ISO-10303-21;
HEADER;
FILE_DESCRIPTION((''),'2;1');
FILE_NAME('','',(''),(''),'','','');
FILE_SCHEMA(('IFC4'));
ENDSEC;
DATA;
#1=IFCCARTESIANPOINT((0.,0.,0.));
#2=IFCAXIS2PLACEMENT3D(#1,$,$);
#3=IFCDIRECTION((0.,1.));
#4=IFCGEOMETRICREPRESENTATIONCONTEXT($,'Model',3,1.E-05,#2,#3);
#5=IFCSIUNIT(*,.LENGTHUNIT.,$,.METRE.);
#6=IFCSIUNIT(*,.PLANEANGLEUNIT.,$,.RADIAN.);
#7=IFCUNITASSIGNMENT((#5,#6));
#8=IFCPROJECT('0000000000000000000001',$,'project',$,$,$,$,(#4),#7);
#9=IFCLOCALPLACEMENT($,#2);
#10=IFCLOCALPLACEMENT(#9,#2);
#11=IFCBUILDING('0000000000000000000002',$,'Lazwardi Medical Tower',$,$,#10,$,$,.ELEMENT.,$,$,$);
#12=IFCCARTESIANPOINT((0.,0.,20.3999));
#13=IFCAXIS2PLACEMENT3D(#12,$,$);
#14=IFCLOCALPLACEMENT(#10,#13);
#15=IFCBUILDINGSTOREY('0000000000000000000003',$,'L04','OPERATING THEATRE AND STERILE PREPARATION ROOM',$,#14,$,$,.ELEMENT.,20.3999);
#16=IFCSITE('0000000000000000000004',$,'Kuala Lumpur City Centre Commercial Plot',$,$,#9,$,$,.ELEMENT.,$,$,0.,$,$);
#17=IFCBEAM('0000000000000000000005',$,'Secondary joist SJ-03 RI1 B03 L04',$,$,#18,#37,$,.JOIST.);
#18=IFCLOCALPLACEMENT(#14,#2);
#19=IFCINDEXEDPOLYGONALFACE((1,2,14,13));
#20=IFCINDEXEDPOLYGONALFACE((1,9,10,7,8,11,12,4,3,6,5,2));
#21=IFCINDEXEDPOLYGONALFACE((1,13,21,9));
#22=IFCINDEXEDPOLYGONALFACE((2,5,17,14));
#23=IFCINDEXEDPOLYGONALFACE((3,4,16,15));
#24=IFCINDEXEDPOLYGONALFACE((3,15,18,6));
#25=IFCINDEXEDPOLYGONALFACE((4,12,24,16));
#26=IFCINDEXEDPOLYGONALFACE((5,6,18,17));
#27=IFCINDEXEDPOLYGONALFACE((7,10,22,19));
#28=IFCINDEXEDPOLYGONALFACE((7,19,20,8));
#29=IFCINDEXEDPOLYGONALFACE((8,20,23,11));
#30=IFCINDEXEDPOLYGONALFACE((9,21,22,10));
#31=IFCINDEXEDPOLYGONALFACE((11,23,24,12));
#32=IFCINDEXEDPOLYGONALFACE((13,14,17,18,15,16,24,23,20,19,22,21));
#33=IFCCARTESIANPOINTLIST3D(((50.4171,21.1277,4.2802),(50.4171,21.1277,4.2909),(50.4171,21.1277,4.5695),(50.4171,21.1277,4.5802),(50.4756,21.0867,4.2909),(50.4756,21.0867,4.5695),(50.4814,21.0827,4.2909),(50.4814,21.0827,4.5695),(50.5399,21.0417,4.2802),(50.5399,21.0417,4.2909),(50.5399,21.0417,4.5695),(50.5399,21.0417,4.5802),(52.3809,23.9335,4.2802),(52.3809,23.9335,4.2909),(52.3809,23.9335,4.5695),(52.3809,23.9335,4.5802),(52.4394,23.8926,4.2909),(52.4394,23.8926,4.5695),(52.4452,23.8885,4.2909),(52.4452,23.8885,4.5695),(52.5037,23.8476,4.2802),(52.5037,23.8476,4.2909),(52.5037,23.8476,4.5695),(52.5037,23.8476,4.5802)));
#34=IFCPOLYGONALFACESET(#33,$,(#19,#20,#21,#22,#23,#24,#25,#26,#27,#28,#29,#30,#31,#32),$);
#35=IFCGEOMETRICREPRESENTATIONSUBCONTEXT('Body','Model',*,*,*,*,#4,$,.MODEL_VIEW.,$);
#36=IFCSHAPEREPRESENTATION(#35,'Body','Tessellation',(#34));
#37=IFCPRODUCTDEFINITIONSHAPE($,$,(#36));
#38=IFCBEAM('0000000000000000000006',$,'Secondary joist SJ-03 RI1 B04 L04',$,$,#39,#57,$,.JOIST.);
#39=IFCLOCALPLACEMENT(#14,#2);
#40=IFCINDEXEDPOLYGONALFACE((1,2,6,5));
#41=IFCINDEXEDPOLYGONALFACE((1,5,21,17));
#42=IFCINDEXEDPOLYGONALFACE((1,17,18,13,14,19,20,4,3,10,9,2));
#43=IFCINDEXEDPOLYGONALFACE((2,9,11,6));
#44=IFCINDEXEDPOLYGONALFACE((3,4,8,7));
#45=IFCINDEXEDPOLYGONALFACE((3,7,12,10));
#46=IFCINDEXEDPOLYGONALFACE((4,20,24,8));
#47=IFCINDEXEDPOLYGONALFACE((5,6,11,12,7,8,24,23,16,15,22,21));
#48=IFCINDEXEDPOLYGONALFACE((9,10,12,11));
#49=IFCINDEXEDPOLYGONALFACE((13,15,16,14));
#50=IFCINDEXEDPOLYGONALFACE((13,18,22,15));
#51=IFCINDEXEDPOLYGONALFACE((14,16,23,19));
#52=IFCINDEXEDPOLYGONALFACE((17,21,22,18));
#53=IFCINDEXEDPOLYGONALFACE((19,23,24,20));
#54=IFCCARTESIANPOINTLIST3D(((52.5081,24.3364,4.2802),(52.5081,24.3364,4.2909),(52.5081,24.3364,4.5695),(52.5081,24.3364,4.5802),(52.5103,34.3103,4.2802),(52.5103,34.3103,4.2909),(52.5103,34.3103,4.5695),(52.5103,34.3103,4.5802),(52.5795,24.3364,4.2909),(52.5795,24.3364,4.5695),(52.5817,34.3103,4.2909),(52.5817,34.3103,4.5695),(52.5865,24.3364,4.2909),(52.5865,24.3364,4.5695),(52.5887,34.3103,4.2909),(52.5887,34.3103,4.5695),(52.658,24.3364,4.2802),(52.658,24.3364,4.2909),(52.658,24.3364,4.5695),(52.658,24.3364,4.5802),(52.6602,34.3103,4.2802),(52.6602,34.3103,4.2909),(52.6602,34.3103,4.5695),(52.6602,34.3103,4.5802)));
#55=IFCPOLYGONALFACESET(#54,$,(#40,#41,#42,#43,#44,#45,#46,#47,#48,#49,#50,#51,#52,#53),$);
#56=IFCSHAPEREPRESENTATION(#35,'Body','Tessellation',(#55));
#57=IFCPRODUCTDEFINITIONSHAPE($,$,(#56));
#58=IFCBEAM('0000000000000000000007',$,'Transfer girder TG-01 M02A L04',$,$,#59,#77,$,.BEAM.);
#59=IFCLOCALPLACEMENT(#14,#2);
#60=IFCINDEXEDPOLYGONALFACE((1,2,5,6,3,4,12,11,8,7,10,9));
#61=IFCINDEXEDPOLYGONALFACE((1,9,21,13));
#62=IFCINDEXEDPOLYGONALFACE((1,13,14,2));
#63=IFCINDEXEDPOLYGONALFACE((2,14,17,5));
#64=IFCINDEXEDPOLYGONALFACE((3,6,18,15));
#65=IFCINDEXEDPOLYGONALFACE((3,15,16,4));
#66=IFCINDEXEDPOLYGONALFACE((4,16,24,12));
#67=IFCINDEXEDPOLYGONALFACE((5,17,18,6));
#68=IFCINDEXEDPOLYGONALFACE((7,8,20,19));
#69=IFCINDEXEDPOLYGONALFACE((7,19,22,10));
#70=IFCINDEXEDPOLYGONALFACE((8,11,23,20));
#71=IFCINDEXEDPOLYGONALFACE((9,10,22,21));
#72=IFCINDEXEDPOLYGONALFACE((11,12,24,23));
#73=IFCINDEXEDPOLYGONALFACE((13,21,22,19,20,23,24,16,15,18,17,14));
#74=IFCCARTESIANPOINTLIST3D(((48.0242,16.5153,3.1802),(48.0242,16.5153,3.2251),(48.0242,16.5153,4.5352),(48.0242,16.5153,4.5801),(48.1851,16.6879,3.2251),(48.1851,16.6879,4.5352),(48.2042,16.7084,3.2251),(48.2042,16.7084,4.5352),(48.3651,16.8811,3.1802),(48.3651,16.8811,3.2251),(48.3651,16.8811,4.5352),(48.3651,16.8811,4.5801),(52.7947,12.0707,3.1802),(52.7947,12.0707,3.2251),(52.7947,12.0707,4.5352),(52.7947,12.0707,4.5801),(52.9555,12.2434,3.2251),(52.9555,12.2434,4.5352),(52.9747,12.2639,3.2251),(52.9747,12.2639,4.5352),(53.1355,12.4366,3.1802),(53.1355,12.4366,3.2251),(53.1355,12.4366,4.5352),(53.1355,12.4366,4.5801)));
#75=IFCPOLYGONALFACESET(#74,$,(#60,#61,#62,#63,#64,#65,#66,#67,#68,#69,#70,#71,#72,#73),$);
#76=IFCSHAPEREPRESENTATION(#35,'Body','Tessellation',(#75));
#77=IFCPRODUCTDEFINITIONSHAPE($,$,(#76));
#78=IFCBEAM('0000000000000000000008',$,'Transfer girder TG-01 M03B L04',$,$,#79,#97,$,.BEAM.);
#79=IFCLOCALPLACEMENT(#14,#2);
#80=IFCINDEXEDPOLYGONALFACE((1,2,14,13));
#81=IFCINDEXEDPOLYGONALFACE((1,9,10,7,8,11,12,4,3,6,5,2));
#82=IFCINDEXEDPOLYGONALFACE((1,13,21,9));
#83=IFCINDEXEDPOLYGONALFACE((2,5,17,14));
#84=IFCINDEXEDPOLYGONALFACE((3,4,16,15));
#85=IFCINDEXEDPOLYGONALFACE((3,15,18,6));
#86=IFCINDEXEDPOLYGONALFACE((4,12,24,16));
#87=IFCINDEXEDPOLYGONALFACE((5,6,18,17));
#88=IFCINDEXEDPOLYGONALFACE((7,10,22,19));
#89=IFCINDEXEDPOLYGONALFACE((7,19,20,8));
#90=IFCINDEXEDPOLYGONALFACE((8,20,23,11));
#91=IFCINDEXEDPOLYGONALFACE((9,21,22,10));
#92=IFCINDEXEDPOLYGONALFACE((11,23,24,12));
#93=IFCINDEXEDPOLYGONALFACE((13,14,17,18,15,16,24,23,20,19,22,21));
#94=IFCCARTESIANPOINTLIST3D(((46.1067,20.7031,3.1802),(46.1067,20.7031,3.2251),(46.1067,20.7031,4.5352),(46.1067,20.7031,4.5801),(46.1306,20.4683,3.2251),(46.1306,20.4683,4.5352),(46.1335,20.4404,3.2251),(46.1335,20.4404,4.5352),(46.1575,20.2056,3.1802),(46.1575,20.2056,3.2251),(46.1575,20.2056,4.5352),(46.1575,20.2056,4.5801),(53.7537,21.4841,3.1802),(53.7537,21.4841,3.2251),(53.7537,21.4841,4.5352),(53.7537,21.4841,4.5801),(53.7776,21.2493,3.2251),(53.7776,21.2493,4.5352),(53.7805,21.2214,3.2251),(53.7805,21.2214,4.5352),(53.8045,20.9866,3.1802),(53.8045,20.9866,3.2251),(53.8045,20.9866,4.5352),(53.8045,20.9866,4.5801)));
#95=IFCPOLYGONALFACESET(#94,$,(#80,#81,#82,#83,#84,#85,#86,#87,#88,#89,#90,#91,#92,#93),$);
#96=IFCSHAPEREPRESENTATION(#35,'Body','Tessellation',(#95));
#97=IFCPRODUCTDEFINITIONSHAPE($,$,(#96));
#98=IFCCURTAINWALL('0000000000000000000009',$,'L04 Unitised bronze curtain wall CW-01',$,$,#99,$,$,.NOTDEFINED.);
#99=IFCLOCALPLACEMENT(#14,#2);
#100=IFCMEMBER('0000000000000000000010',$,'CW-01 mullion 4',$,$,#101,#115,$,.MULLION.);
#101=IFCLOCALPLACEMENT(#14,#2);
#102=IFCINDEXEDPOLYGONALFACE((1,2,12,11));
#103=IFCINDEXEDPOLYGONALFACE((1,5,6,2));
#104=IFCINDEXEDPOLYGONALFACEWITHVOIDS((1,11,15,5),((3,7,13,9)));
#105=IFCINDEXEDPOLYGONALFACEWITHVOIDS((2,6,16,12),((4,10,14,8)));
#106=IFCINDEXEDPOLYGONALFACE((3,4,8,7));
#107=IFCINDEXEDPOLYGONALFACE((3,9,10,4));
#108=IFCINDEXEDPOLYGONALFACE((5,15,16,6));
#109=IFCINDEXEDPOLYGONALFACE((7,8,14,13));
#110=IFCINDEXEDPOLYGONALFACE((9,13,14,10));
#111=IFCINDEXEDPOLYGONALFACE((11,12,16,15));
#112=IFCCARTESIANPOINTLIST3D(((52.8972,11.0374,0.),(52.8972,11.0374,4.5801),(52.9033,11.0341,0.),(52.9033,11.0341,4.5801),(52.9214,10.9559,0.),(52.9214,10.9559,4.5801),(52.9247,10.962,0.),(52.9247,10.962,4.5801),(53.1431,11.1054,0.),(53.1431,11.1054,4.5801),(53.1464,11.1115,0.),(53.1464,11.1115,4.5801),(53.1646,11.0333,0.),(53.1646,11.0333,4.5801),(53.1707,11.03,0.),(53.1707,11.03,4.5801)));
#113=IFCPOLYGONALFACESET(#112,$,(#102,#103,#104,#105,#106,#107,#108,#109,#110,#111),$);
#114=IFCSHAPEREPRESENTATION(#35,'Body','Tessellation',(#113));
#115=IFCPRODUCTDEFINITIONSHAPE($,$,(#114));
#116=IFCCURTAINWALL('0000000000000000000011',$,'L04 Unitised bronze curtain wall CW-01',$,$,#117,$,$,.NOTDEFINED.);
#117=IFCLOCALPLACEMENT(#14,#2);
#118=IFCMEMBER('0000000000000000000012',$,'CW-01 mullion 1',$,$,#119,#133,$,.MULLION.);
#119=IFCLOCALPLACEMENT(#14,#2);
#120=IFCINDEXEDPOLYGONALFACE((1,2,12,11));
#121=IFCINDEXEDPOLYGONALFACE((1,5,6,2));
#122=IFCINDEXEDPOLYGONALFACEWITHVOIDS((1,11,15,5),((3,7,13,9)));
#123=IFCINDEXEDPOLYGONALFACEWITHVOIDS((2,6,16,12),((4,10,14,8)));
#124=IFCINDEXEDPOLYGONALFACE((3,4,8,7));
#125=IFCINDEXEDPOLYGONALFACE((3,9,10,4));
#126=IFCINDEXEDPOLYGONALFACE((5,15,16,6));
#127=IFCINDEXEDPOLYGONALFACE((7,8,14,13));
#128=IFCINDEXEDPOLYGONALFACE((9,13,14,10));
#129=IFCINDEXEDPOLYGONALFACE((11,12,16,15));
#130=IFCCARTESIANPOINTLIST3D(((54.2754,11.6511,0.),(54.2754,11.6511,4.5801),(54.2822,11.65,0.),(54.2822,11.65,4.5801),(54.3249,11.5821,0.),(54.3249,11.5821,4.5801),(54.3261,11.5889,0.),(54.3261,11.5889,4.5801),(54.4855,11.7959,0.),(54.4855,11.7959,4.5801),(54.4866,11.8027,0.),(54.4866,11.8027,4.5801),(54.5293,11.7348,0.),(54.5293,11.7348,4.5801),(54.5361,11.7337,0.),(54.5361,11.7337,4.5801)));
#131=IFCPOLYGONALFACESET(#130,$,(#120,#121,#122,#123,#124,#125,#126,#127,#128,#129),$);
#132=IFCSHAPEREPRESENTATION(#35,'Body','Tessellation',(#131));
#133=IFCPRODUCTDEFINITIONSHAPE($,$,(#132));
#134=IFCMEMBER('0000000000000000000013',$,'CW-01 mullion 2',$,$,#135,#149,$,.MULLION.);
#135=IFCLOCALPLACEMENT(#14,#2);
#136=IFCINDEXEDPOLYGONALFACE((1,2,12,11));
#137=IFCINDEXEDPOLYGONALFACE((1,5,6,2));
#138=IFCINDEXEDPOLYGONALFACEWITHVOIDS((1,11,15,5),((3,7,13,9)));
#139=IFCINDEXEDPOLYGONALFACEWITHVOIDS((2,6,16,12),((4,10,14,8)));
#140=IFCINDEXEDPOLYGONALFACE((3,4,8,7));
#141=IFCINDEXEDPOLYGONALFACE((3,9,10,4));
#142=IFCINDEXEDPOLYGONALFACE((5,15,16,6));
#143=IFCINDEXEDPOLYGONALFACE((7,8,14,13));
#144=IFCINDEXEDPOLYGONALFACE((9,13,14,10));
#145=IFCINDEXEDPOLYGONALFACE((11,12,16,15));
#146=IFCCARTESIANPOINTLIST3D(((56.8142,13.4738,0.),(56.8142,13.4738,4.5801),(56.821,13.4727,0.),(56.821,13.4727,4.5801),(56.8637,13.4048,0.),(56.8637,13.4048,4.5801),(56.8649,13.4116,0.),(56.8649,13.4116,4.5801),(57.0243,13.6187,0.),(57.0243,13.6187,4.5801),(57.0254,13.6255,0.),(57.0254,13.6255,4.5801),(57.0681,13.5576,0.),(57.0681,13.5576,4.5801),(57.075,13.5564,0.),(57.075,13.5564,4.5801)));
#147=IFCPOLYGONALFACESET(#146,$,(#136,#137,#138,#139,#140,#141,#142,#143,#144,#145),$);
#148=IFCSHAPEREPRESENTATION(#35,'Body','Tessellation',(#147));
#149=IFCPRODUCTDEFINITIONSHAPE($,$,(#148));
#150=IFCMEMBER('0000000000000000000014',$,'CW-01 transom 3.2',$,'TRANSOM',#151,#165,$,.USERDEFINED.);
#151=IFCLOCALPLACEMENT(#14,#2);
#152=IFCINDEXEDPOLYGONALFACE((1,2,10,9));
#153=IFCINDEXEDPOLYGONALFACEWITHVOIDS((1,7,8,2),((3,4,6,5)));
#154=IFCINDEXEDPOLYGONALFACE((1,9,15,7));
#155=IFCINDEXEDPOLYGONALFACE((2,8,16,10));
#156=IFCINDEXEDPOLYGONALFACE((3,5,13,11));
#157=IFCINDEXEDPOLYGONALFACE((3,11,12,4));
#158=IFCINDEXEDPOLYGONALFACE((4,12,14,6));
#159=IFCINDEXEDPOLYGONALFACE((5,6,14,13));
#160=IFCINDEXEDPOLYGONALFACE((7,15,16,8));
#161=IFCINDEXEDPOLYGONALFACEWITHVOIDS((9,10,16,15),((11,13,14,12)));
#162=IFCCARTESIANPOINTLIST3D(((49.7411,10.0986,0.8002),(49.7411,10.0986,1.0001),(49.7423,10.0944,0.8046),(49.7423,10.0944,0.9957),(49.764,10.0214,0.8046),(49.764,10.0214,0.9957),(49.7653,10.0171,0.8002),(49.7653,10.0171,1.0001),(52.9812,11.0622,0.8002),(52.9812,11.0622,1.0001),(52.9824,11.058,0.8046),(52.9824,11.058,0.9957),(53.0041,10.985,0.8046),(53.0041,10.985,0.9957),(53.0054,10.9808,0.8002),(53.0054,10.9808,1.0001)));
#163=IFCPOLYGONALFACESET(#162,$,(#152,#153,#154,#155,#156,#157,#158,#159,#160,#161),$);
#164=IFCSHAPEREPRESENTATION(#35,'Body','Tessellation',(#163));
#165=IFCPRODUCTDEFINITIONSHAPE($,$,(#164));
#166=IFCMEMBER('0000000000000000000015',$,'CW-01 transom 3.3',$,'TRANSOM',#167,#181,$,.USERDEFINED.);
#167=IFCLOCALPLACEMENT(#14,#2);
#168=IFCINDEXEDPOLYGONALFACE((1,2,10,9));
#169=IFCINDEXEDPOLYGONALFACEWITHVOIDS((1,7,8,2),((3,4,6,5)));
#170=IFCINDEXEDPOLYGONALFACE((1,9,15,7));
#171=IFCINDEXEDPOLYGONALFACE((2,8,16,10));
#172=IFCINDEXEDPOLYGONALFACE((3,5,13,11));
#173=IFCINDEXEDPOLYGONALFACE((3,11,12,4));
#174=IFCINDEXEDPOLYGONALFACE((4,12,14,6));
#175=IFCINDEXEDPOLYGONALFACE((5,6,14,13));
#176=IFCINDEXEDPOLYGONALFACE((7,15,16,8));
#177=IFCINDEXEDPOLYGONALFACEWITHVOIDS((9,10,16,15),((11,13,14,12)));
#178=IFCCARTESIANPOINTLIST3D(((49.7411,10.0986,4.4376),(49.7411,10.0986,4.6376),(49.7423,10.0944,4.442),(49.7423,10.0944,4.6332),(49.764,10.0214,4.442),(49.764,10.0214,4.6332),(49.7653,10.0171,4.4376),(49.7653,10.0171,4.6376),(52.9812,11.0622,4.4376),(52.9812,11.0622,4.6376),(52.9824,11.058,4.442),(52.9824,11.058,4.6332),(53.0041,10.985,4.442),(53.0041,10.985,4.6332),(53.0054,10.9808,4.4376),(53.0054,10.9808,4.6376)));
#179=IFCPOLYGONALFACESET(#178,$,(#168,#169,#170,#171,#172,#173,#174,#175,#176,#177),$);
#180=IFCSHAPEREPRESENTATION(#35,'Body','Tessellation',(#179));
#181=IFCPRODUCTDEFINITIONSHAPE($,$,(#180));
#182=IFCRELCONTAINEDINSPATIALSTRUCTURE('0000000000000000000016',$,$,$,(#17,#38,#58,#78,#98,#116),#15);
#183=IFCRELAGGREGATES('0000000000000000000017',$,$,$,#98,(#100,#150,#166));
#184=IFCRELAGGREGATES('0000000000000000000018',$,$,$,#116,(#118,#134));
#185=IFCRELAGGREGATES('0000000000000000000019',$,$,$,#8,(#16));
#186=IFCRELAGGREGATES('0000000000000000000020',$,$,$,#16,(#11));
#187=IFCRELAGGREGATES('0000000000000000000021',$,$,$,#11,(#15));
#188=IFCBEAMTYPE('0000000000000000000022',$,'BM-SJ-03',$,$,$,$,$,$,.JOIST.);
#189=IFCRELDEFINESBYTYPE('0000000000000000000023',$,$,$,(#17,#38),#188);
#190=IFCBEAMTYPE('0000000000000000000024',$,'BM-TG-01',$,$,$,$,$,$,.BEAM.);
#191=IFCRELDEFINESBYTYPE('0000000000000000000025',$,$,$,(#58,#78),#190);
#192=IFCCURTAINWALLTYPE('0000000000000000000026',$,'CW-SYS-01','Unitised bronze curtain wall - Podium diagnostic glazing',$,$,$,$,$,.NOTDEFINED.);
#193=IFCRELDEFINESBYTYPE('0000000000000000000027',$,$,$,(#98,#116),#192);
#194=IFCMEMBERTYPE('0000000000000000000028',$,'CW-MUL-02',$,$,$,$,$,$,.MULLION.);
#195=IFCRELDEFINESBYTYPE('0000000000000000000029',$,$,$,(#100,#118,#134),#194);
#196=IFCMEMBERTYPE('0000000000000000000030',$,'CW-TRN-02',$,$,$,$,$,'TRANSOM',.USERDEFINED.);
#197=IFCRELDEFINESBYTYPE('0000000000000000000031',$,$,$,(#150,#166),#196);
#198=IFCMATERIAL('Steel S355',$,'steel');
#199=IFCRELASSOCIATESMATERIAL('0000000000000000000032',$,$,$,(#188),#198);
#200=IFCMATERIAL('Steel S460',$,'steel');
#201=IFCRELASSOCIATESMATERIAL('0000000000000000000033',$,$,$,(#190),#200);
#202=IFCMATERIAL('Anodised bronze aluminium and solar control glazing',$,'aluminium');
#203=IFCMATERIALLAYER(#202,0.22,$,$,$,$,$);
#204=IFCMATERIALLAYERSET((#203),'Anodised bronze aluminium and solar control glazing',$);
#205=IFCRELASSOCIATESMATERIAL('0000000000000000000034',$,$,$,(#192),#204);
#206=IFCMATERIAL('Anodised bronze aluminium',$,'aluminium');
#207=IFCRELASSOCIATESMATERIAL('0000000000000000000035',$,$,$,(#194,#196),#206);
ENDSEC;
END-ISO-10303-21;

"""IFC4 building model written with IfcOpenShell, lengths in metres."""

from ifc_helpers import new_model, si_unit, direction, frame, origin, origin_2d, place, context, subcontext, project, spatial, hollow_rectangle, i_section, extrude, material, layer, layer_set, material_profile, profile_set, type_object, element, aggregate, save


model = new_model("IFC4")

# Units and contexts
model_context = context("Model", 3, precision=1e-05, world=origin(), true_north=direction((0.0, 1.0)))
body_context = subcontext(model_context, "Body", "Model", "MODEL_VIEW")
ifc_project = project(units=[si_unit("LENGTHUNIT", "METRE"), si_unit("PLANEANGLEUNIT", "RADIAN")], contexts=[model_context])

# Site, building, storey
site_placement = place(None, origin())
site = spatial("IfcSite", under=ifc_project, at=site_placement, Name="Kuala Lumpur City Centre Commercial Plot", CompositionType="ELEMENT", RefElevation=0.0)
building_placement = place(site_placement, origin())
building = spatial("IfcBuilding", under=site, at=building_placement, Name="Lazwardi Medical Tower", CompositionType="ELEMENT")
storey_placement = place(building_placement, frame((0.0, 0.0, 20.3999)))
storey = spatial("IfcBuildingStorey", under=building, at=storey_placement, Name="L04", Description="OPERATING THEATRE AND STERILE PREPARATION ROOM", CompositionType="ELEMENT", Elevation=20.3999)

# Beams
ifc_material_1 = material(Name="Steel S460", Category="steel")
ifc_material_2 = material(Name="Steel S355", Category="steel")
ifc_material_profile_1 = material_profile(ifc_material_2, i_section(OverallWidth=0.1499, OverallDepth=0.3, WebThickness=0.0071, FlangeThickness=0.0107, at=origin_2d()), Name="IPE 300")
ifc_profile_set_1 = profile_set([ifc_material_profile_1], Name="Steel S355")
beam_type_1 = type_object("IfcBeamType", Name="BM-SJ-03", PredefinedType="JOIST", material=ifc_profile_set_1)
beam_1_placement = place(storey_placement, frame((50.4785, 21.0847, 4.4302), z_axis=(0.57341, 0.819269, 0.0), x_axis=(-0.819269, 0.57341, 0.0)))
element("IfcBeam", 1, at=beam_1_placement, inside=storey, type_object=beam_type_1, Name="Secondary joist SJ-03 RI1 B03 L04", PredefinedType="JOIST", context=body_context, shape_type="SweptSolid", body=[
    extrude(i_section(OverallWidth=0.1499, OverallDepth=0.3, WebThickness=0.0071, FlangeThickness=0.0107, at=origin_2d()), origin(), (0.0, 0.0, 1.0), 3.4248),
])
beam_2_placement = place(storey_placement, frame((52.583, 24.3364, 4.4302), z_axis=(0.00022, 1.0, 0.0), x_axis=(-1.0, 0.00022, 0.0)))
element("IfcBeam", 2, at=beam_2_placement, inside=storey, type_object=beam_type_1, Name="Secondary joist SJ-03 RI1 B04 L04", PredefinedType="JOIST", context=body_context, shape_type="SweptSolid", body=[
    extrude(i_section(OverallWidth=0.1499, OverallDepth=0.3, WebThickness=0.0071, FlangeThickness=0.0107, at=origin_2d()), origin(), (0.0, 0.0, 1.0), 9.9739),
])
ifc_material_profile_2 = material_profile(ifc_material_1, i_section(OverallWidth=0.5, OverallDepth=1.3999, WebThickness=0.0281, FlangeThickness=0.0449, at=origin_2d()), Name="PG 1400x500")
ifc_profile_set_2 = profile_set([ifc_material_profile_2], Name="Steel S460")
beam_type_2 = type_object("IfcBeamType", Name="BM-TG-01", PredefinedType="BEAM", material=ifc_profile_set_2)
beam_3_placement = place(storey_placement, frame((52.9651, 12.2537, 3.8801), z_axis=(-0.731659, 0.681671, 0.0), x_axis=(-0.681671, -0.731659, 0.0)))
element("IfcBeam", 3, at=beam_3_placement, inside=storey, type_object=beam_type_2, Name="Transfer girder TG-01 M02A L04", PredefinedType="BEAM", context=body_context, shape_type="SweptSolid", body=[
    extrude(i_section(OverallWidth=0.5, OverallDepth=1.3999, WebThickness=0.0281, FlangeThickness=0.0449, at=origin_2d()), origin(), (0.0, 0.0, 1.0), 6.52),
])
beam_4_placement = place(storey_placement, frame((53.7791, 21.2354, 3.8801), z_axis=(-0.994825, -0.101604, 0.0), x_axis=(0.101604, -0.994825, 0.0)))
element("IfcBeam", 4, at=beam_4_placement, inside=storey, type_object=beam_type_2, Name="Transfer girder TG-01 M03B L04", PredefinedType="BEAM", context=body_context, shape_type="SweptSolid", body=[
    extrude(i_section(OverallWidth=0.5, OverallDepth=1.3999, WebThickness=0.0281, FlangeThickness=0.0449, at=origin_2d()), origin(), (0.0, 0.0, 1.0), 7.6868),
])

# Curtain wall, member
ifc_material_3 = material(Name="Anodised bronze aluminium and solar control glazing", Category="aluminium")
ifc_layer_1 = layer(ifc_material_3, 0.22)
ifc_layer_set_1 = layer_set([ifc_layer_1], Name="Anodised bronze aluminium and solar control glazing")
curtain_wall_type = type_object("IfcCurtainWallType", Name="CW-SYS-01", Description="Unitised bronze curtain wall - Podium diagnostic glazing", PredefinedType="NOTDEFINED", material=ifc_layer_set_1)
curtain_wall_1_placement = place(storey_placement, origin())
curtain_wall_1 = element("IfcCurtainWall", 5, at=curtain_wall_1_placement, inside=storey, type_object=curtain_wall_type, Name="L04 Unitised bronze curtain wall CW-01", PredefinedType="NOTDEFINED")
ifc_material_4 = material(Name="Anodised bronze aluminium", Category="aluminium")
ifc_material_profile_3 = material_profile(ifc_material_4, hollow_rectangle(XDim=0.085, YDim=0.26, WallThickness=0.0049, at=origin_2d()), Name="ALU-MULLION 260x85x5")
ifc_profile_set_3 = profile_set([ifc_material_profile_3], Name="Anodised bronze aluminium")
member_type_1 = type_object("IfcMemberType", Name="CW-MUL-02", PredefinedType="MULLION", material=ifc_profile_set_3)
member_1_placement = place(storey_placement, frame((53.0339, 11.0337, 0.0), z_axis=(0.0, 0.0, 1.0), x_axis=(-0.285047, 0.958513, 0.0)))
member_1 = element("IfcMember", 6, at=member_1_placement, type_object=member_type_1, Name="CW-01 mullion 4", PredefinedType="MULLION", context=body_context, shape_type="SweptSolid", body=[
    extrude(hollow_rectangle(XDim=0.085, YDim=0.26, WallThickness=0.0049, at=origin_2d()), origin(), (0.0, 0.0, 1.0), 4.5801),
])

# Curtain wall, members
curtain_wall_2_placement = place(storey_placement, origin())
curtain_wall_2 = element("IfcCurtainWall", 7, at=curtain_wall_2_placement, inside=storey, type_object=curtain_wall_type, Name="L04 Unitised bronze curtain wall CW-01", PredefinedType="NOTDEFINED")
member_2_placement = place(storey_placement, frame((54.4058, 11.6924, 0.0), z_axis=(0.0, 0.0, 1.0), x_axis=(-0.583214, 0.812318, 0.0)))
member_2 = element("IfcMember", 8, at=member_2_placement, type_object=member_type_1, Name="CW-01 mullion 1", PredefinedType="MULLION", context=body_context, shape_type="SweptSolid", body=[
    extrude(hollow_rectangle(XDim=0.085, YDim=0.26, WallThickness=0.0049, at=origin_2d()), origin(), (0.0, 0.0, 1.0), 4.5801),
])
member_3_placement = place(storey_placement, frame((56.9446, 13.5151, 0.0), z_axis=(0.0, 0.0, 1.0), x_axis=(-0.583214, 0.812318, 0.0)))
member_3 = element("IfcMember", 9, at=member_3_placement, type_object=member_type_1, Name="CW-01 mullion 2", PredefinedType="MULLION", context=body_context, shape_type="SweptSolid", body=[
    extrude(hollow_rectangle(XDim=0.085, YDim=0.26, WallThickness=0.0049, at=origin_2d()), origin(), (0.0, 0.0, 1.0), 4.5801),
])

# Members
ifc_material_profile_4 = material_profile(ifc_material_4, hollow_rectangle(XDim=0.085, YDim=0.2, WallThickness=0.0044, at=origin_2d()), Name="ALU-TRANSOM 200x85x4.5")
ifc_profile_set_4 = profile_set([ifc_material_profile_4], Name="Anodised bronze aluminium")
member_type_2 = type_object("IfcMemberType", Name="CW-TRN-02", ElementType="TRANSOM", PredefinedType="USERDEFINED", material=ifc_profile_set_4)
member_4_placement = place(storey_placement, frame((49.7532, 10.0579, 0.9001), z_axis=(0.958505, 0.285074, 0.0), x_axis=(-0.285074, 0.958505, 0.0)))
member_4 = element("IfcMember", 10, at=member_4_placement, type_object=member_type_2, Name="CW-01 transom 3.2", ObjectType="TRANSOM", PredefinedType="USERDEFINED", context=body_context, shape_type="SweptSolid", body=[
    extrude(hollow_rectangle(XDim=0.085, YDim=0.2, WallThickness=0.0044, at=origin_2d()), origin(), (0.0, 0.0, 1.0), 3.3804),
])
member_5_placement = place(storey_placement, frame((49.7532, 10.0579, 4.5376), z_axis=(0.958505, 0.285074, 0.0), x_axis=(-0.285074, 0.958505, 0.0)))
member_5 = element("IfcMember", 11, at=member_5_placement, type_object=member_type_2, Name="CW-01 transom 3.3", ObjectType="TRANSOM", PredefinedType="USERDEFINED", context=body_context, shape_type="SweptSolid", body=[
    extrude(hollow_rectangle(XDim=0.085, YDim=0.2, WallThickness=0.0044, at=origin_2d()), origin(), (0.0, 0.0, 1.0), 3.3804),
])

aggregate(curtain_wall_1, [member_1, member_4, member_5])
aggregate(curtain_wall_2, [member_2, member_3])

save(model, "model.ifc")
